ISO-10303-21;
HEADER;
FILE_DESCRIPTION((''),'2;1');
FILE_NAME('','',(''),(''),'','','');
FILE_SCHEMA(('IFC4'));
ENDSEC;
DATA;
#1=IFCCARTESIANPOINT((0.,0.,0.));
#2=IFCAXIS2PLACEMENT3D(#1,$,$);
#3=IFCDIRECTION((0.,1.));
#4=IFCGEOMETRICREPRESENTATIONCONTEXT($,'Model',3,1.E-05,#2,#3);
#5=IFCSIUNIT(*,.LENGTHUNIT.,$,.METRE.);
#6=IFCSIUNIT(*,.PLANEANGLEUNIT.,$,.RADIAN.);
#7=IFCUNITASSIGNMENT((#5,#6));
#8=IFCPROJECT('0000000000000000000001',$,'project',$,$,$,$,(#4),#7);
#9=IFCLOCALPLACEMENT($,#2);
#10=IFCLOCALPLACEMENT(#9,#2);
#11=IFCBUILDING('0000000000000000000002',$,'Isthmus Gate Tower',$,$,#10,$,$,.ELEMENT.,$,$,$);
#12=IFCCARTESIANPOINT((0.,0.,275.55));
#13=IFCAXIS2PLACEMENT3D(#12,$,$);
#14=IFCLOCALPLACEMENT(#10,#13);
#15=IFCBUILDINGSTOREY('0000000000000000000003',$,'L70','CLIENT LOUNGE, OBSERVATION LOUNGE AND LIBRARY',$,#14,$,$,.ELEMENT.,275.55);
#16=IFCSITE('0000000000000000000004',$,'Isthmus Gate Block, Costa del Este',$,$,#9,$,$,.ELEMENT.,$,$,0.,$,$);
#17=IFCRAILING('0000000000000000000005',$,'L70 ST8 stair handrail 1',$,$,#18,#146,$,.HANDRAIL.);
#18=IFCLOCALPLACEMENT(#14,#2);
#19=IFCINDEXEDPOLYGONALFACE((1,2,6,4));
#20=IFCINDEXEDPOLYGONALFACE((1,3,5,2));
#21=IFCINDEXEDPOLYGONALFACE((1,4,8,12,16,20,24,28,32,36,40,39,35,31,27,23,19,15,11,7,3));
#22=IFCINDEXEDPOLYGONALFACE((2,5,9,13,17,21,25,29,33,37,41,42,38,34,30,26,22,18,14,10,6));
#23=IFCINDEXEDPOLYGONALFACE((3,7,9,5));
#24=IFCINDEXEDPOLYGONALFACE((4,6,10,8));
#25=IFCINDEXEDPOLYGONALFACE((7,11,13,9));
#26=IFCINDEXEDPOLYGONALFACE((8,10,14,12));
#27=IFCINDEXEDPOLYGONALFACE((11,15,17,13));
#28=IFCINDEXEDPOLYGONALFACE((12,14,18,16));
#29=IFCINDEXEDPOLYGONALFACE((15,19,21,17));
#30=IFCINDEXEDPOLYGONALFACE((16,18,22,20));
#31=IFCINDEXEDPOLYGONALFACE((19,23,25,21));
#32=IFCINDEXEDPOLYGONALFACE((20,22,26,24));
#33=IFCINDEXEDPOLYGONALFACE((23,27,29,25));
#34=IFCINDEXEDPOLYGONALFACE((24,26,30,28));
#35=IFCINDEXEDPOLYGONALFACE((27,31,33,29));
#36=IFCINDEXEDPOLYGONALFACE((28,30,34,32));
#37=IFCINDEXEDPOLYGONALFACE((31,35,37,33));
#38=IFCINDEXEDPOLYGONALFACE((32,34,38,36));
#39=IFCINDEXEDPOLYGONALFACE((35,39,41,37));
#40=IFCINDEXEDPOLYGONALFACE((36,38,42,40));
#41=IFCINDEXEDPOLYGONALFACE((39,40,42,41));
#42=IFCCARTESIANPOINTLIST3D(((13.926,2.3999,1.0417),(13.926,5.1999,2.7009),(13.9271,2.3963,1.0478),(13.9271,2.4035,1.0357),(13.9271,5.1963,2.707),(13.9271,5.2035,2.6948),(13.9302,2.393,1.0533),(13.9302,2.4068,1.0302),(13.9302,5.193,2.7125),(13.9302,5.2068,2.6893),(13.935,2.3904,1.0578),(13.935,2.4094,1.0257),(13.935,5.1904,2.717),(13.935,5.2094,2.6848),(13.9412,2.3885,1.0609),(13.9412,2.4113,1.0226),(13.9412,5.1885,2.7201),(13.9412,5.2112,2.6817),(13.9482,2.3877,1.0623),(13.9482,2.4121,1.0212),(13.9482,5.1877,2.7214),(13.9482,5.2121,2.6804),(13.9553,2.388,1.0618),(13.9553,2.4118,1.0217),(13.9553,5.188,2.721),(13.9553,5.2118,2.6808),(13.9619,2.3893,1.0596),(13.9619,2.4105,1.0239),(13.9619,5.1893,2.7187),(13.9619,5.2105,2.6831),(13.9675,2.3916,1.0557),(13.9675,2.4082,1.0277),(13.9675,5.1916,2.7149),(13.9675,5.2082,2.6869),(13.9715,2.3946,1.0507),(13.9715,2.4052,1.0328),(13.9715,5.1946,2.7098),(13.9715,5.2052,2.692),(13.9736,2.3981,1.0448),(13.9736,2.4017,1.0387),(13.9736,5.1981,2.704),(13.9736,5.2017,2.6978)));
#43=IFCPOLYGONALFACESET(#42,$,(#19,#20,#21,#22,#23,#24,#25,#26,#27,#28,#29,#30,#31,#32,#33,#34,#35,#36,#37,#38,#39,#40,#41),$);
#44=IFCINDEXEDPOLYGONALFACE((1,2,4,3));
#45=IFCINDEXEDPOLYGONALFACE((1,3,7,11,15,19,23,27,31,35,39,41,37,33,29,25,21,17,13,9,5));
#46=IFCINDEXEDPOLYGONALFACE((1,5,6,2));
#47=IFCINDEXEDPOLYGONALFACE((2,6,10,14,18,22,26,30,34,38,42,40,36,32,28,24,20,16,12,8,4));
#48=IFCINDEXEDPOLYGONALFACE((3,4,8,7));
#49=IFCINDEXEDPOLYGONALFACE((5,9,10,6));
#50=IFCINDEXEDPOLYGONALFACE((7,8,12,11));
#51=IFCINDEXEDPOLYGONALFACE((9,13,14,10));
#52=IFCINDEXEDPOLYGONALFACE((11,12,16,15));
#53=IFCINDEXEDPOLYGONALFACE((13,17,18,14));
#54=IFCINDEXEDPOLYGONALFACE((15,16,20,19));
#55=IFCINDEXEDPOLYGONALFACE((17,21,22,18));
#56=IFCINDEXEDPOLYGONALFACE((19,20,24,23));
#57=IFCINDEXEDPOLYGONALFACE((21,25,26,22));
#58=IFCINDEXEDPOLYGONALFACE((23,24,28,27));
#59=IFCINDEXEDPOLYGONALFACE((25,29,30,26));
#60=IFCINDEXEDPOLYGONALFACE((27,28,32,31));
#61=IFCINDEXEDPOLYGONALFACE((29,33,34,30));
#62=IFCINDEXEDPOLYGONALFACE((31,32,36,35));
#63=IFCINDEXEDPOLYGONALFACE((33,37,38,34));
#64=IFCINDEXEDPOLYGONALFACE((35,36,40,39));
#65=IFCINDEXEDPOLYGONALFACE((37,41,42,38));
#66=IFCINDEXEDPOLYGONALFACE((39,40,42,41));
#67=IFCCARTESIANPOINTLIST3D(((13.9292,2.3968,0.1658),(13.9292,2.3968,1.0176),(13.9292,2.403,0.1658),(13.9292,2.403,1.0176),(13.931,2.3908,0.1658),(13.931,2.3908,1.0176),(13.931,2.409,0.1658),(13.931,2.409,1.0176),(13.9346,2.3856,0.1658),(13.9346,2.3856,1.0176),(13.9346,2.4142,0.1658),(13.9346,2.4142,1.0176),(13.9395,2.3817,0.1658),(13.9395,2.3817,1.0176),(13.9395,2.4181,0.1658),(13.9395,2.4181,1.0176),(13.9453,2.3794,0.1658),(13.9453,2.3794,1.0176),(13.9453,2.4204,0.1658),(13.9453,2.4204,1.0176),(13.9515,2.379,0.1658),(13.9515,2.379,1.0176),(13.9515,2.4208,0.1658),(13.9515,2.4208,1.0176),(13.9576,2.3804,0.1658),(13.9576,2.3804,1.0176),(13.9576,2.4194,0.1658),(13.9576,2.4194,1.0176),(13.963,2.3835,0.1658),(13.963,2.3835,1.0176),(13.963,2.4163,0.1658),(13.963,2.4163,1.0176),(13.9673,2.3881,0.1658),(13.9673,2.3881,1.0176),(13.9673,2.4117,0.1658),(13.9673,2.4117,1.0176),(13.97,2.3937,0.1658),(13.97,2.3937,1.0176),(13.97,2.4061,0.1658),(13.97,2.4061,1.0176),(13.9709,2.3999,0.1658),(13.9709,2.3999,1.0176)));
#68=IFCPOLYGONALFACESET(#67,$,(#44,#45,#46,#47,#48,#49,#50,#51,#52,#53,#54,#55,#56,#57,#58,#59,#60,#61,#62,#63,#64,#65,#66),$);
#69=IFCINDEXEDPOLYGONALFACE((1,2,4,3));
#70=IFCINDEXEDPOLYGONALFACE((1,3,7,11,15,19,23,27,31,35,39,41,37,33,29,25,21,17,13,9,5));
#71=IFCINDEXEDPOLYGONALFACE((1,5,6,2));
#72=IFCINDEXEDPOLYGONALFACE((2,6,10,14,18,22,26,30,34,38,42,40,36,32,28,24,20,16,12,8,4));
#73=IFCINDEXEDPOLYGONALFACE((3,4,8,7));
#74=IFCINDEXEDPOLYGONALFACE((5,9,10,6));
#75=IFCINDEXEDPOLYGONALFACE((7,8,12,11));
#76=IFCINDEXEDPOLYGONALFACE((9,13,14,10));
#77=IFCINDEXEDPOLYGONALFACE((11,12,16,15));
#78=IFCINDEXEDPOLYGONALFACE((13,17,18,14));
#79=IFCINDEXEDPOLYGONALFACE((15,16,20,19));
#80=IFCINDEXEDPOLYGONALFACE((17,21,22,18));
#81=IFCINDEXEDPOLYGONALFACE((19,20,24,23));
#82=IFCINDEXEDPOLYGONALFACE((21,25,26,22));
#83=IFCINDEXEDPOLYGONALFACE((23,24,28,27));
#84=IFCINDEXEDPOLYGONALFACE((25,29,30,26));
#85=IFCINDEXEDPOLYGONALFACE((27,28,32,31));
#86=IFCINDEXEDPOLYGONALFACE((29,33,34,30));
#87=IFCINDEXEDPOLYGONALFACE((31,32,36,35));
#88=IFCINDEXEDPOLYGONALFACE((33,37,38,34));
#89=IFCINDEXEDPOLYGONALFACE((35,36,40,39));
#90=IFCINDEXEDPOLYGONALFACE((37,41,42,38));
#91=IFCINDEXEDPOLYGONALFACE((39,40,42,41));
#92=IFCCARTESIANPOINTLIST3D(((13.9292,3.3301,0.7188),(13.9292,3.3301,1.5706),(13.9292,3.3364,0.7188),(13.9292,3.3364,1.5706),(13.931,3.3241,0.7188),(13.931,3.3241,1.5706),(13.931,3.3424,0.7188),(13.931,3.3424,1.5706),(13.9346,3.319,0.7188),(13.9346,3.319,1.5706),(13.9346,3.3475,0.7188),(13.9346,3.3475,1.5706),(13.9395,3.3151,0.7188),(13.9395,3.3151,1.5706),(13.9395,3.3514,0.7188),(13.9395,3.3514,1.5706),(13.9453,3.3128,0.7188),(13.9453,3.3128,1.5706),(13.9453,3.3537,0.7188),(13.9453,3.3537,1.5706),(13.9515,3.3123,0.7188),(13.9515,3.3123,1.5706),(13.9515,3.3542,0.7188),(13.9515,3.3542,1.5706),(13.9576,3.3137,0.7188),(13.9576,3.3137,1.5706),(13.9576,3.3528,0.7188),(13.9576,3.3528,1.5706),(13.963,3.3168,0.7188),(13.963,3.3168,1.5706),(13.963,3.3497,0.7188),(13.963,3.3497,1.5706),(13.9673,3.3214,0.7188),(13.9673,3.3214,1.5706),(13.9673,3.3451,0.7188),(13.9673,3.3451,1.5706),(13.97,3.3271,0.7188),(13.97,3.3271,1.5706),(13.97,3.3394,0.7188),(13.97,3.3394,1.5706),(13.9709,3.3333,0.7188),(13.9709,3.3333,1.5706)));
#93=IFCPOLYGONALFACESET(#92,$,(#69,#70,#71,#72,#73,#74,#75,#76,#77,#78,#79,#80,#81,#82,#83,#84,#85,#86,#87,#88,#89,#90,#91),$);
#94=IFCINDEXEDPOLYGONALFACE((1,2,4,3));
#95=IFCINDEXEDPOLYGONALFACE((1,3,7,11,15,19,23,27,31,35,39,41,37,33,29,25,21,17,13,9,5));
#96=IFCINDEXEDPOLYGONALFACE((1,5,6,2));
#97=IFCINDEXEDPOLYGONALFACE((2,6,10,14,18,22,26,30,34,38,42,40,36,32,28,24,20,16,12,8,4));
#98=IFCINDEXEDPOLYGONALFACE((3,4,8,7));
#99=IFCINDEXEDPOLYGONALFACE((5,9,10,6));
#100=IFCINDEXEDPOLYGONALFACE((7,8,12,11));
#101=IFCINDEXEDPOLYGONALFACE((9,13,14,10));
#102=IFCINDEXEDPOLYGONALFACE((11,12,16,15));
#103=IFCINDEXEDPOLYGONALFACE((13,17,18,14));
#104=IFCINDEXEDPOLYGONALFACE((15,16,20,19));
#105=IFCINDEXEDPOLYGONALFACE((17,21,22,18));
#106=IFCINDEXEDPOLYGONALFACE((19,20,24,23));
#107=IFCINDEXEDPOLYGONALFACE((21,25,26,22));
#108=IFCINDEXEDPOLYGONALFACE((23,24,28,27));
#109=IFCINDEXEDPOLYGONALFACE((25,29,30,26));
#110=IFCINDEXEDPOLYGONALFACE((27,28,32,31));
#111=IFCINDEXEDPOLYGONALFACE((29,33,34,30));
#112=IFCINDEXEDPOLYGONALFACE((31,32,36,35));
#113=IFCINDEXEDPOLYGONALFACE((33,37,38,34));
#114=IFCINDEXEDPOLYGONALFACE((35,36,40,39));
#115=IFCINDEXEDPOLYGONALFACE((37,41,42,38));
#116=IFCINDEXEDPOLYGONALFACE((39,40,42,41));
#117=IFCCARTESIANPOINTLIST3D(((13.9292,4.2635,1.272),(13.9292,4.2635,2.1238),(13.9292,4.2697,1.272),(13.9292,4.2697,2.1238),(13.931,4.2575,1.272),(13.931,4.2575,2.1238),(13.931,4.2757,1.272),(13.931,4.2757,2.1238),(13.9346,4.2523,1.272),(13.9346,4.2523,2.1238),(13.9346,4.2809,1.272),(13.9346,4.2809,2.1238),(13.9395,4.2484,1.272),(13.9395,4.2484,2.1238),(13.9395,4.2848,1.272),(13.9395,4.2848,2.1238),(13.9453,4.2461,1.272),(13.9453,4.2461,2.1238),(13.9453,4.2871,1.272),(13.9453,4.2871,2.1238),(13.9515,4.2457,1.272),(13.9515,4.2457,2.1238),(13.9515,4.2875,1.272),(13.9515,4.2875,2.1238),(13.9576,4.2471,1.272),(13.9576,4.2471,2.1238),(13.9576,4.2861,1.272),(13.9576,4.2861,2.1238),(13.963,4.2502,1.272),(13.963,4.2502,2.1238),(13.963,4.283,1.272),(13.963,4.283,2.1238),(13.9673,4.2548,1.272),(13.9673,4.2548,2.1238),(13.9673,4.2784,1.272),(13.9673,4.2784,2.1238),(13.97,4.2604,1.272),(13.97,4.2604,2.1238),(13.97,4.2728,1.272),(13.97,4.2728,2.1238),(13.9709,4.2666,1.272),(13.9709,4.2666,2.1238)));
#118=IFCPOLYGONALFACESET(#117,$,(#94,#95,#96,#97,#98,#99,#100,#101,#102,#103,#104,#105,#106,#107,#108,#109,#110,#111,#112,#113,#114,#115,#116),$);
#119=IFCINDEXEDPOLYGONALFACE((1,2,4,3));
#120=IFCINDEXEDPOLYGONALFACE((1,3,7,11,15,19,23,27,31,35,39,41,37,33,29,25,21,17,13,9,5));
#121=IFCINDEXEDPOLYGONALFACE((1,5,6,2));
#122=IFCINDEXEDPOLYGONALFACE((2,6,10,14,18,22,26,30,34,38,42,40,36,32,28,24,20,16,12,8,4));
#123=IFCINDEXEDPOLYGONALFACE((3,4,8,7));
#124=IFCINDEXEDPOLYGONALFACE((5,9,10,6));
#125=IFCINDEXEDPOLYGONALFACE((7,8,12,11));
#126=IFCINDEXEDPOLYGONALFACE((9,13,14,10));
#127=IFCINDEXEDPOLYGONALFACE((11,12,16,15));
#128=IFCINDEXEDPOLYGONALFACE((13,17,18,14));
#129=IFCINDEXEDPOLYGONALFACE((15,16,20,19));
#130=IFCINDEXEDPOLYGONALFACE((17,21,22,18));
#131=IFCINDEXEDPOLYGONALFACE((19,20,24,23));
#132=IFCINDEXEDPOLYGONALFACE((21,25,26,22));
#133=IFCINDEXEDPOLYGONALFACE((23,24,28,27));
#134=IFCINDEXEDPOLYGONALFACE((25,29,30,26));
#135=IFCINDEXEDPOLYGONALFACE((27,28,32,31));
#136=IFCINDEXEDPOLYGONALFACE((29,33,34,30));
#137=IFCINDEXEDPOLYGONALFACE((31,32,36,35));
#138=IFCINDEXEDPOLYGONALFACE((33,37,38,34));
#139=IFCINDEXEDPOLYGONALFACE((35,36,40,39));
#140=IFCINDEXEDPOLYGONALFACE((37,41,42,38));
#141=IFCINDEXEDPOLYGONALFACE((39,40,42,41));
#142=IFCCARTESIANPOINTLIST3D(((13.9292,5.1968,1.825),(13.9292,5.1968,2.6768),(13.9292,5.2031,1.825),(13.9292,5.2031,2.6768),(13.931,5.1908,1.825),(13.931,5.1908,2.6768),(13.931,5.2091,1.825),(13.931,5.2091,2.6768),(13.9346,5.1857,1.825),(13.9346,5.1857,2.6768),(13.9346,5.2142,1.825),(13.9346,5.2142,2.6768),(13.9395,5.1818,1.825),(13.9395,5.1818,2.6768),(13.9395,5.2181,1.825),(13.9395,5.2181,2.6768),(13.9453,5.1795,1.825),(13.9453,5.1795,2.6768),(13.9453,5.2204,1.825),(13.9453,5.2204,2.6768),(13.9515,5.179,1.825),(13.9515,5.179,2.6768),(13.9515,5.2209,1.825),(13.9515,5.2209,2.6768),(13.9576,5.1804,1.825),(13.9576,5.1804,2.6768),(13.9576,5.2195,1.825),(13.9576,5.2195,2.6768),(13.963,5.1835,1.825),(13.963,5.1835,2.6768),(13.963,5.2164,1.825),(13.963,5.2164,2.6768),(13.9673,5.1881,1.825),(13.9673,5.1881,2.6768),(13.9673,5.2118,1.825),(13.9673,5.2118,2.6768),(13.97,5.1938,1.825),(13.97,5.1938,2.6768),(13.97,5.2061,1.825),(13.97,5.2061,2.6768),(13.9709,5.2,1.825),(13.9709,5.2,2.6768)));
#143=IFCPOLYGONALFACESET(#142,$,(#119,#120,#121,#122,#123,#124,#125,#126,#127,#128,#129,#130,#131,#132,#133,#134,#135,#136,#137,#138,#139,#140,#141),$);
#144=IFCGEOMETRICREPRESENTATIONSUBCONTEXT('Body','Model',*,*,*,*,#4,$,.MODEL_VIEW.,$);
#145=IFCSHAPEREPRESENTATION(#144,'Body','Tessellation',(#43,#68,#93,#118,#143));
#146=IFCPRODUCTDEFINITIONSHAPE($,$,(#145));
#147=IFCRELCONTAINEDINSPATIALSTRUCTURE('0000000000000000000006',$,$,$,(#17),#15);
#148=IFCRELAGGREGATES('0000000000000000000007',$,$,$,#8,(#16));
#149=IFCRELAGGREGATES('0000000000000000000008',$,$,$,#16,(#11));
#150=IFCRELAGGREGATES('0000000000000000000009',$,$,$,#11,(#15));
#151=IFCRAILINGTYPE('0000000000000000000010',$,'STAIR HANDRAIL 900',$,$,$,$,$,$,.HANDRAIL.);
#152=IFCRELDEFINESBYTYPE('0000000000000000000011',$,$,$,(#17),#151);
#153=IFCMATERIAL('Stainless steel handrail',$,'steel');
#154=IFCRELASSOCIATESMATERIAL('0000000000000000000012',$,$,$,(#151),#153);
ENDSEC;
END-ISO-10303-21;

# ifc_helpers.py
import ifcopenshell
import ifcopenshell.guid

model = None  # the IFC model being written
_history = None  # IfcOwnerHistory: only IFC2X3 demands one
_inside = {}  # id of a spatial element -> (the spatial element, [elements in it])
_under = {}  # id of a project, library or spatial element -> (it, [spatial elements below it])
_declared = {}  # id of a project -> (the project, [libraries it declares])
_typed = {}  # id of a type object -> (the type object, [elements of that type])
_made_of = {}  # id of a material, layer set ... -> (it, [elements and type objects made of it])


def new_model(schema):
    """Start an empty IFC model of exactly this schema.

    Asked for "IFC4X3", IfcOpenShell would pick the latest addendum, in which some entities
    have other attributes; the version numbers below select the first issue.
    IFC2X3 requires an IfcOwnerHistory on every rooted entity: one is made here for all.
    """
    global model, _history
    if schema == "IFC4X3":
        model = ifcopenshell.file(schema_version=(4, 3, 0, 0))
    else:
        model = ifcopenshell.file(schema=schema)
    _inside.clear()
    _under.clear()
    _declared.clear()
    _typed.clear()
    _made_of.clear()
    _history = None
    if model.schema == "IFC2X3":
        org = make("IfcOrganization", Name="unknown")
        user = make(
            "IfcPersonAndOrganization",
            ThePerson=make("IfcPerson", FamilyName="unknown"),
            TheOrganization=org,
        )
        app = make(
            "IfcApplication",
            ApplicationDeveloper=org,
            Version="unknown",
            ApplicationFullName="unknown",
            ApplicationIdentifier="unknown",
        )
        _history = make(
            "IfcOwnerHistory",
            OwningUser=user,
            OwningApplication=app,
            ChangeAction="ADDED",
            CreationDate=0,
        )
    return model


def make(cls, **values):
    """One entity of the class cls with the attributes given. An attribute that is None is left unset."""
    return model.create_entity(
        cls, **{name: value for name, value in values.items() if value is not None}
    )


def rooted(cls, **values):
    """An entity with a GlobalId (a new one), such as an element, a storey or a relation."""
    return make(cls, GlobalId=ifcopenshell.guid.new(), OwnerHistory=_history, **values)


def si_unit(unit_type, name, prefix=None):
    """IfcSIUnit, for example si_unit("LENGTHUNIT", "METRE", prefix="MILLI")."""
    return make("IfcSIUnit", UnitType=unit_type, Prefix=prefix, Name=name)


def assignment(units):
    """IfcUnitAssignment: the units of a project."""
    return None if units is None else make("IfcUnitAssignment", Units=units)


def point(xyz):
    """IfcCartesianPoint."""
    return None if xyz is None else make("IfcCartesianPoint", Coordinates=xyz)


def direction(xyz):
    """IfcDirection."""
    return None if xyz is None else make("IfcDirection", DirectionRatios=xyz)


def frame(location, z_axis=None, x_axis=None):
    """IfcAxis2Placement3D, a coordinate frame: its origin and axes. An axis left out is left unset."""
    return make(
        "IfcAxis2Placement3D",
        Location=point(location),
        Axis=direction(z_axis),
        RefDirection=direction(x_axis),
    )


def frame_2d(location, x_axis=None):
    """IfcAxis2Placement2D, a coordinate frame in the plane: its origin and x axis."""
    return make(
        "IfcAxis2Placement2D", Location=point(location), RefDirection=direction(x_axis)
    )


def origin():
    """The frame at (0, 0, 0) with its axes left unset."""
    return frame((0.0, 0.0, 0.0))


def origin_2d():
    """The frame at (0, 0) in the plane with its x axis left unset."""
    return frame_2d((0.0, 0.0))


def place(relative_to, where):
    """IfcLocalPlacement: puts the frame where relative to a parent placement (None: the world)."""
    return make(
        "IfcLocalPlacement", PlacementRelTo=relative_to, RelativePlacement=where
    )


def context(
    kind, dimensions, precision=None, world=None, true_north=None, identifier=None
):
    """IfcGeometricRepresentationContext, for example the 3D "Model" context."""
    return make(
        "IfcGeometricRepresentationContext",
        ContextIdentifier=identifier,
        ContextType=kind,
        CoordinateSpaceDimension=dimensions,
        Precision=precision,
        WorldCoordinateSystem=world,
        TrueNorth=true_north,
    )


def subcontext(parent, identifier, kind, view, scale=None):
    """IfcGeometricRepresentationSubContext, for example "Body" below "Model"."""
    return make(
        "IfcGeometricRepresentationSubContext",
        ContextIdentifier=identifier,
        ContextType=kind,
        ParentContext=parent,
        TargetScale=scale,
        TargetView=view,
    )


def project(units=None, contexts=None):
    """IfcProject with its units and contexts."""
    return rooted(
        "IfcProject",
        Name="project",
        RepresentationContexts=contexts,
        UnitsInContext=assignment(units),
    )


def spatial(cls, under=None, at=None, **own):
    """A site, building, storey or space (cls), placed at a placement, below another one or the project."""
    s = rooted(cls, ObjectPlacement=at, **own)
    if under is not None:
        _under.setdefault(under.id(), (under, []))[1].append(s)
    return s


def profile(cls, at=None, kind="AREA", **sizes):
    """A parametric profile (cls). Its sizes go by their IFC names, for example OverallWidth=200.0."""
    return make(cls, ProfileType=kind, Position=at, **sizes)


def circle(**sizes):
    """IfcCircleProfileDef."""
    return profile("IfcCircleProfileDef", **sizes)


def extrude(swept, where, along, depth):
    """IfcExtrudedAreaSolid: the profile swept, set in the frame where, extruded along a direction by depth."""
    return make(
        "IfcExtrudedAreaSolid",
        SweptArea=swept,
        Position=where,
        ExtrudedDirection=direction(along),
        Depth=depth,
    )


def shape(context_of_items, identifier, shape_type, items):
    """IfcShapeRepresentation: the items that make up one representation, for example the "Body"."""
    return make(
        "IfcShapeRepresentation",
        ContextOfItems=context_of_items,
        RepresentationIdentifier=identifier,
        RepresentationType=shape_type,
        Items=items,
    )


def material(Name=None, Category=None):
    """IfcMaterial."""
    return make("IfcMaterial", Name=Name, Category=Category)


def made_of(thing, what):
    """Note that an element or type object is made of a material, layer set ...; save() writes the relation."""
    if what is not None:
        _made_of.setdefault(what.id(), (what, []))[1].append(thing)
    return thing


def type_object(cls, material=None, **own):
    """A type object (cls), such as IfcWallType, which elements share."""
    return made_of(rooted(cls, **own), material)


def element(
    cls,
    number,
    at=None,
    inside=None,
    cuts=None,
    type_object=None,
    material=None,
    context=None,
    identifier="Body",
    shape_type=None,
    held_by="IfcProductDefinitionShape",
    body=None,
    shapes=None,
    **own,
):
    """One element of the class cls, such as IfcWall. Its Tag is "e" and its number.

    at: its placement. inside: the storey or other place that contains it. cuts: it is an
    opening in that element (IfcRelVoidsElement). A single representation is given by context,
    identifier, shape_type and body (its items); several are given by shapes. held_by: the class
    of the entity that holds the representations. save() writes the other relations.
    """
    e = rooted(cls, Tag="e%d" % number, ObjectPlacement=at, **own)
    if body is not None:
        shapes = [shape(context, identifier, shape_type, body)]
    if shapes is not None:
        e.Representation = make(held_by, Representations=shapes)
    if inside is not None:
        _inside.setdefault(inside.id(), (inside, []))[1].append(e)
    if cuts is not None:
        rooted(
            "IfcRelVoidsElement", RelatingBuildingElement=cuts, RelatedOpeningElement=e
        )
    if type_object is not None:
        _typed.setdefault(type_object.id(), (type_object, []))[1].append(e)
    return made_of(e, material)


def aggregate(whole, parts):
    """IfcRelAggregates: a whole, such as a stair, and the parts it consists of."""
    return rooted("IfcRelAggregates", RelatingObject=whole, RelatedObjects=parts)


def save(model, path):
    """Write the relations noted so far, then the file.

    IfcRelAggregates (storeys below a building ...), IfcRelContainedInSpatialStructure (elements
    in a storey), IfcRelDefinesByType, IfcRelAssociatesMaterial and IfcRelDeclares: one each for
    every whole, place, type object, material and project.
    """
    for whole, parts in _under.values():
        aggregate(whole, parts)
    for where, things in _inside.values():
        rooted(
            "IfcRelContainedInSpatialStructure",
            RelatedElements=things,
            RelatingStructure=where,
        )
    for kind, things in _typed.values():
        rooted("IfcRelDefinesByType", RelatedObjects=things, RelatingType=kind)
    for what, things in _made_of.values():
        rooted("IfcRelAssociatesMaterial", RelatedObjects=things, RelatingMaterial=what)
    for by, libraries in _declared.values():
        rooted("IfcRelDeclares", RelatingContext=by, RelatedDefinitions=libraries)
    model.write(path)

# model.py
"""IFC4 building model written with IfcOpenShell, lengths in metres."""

from ifc_helpers import new_model, si_unit, direction, frame, origin, origin_2d, place, context, subcontext, project, spatial, circle, extrude, material, type_object, element, save


model = new_model("IFC4")

# Units and contexts
model_context = context("Model", 3, precision=1e-05, world=origin(), true_north=direction((0.0, 1.0)))
body_context = subcontext(model_context, "Body", "Model", "MODEL_VIEW")
ifc_project = project(units=[si_unit("LENGTHUNIT", "METRE"), si_unit("PLANEANGLEUNIT", "RADIAN")], contexts=[model_context])

# Site, building, storey
site_placement = place(None, origin())
site = spatial("IfcSite", under=ifc_project, at=site_placement, Name="Isthmus Gate Block, Costa del Este", CompositionType="ELEMENT", RefElevation=0.0)
building_placement = place(site_placement, origin())
building = spatial("IfcBuilding", under=site, at=building_placement, Name="Isthmus Gate Tower", CompositionType="ELEMENT")
storey_placement = place(building_placement, frame((0.0, 0.0, 275.55)))
storey = spatial("IfcBuildingStorey", under=building, at=storey_placement, Name="L70", Description="CLIENT LOUNGE, OBSERVATION LOUNGE AND LIBRARY", CompositionType="ELEMENT", Elevation=275.55)

# Railing
ifc_material_1 = material(Name="Stainless steel handrail", Category="steel")
railing_type_1 = type_object("IfcRailingType", Name="STAIR HANDRAIL 900", PredefinedType="HANDRAIL", material=ifc_material_1)
railing_1_placement = place(storey_placement, frame((13.95, 2.3999, 0.1658)))
element("IfcRailing", 1, at=railing_1_placement, inside=storey, type_object=railing_type_1, Name="L70 ST8 stair handrail 1", PredefinedType="HANDRAIL", context=body_context, shape_type="SweptSolid", body=[
    extrude(circle(Radius=0.0239, at=origin_2d()), frame((0.0, 0.0, 0.876), z_axis=(0.0, 0.860306, 0.509778), x_axis=(-1.0, 0.0, 0.0)), (0.0, 0.0, 1.0), 3.2546),
    extrude(circle(Radius=0.021, at=origin_2d()), origin(), (0.0, 0.0, 1.0), 0.8518),
    extrude(circle(Radius=0.021, at=origin_2d()), frame((0.0, 0.9333, 0.553)), (0.0, 0.0, 1.0), 0.8518),
    extrude(circle(Radius=0.021, at=origin_2d()), frame((0.0, 1.8667, 1.1062)), (0.0, 0.0, 1.0), 0.8518),
    extrude(circle(Radius=0.021, at=origin_2d()), frame((0.0, 2.8, 1.6592)), (0.0, 0.0, 1.0), 0.8518),
])

save(model, "model.ifc")
